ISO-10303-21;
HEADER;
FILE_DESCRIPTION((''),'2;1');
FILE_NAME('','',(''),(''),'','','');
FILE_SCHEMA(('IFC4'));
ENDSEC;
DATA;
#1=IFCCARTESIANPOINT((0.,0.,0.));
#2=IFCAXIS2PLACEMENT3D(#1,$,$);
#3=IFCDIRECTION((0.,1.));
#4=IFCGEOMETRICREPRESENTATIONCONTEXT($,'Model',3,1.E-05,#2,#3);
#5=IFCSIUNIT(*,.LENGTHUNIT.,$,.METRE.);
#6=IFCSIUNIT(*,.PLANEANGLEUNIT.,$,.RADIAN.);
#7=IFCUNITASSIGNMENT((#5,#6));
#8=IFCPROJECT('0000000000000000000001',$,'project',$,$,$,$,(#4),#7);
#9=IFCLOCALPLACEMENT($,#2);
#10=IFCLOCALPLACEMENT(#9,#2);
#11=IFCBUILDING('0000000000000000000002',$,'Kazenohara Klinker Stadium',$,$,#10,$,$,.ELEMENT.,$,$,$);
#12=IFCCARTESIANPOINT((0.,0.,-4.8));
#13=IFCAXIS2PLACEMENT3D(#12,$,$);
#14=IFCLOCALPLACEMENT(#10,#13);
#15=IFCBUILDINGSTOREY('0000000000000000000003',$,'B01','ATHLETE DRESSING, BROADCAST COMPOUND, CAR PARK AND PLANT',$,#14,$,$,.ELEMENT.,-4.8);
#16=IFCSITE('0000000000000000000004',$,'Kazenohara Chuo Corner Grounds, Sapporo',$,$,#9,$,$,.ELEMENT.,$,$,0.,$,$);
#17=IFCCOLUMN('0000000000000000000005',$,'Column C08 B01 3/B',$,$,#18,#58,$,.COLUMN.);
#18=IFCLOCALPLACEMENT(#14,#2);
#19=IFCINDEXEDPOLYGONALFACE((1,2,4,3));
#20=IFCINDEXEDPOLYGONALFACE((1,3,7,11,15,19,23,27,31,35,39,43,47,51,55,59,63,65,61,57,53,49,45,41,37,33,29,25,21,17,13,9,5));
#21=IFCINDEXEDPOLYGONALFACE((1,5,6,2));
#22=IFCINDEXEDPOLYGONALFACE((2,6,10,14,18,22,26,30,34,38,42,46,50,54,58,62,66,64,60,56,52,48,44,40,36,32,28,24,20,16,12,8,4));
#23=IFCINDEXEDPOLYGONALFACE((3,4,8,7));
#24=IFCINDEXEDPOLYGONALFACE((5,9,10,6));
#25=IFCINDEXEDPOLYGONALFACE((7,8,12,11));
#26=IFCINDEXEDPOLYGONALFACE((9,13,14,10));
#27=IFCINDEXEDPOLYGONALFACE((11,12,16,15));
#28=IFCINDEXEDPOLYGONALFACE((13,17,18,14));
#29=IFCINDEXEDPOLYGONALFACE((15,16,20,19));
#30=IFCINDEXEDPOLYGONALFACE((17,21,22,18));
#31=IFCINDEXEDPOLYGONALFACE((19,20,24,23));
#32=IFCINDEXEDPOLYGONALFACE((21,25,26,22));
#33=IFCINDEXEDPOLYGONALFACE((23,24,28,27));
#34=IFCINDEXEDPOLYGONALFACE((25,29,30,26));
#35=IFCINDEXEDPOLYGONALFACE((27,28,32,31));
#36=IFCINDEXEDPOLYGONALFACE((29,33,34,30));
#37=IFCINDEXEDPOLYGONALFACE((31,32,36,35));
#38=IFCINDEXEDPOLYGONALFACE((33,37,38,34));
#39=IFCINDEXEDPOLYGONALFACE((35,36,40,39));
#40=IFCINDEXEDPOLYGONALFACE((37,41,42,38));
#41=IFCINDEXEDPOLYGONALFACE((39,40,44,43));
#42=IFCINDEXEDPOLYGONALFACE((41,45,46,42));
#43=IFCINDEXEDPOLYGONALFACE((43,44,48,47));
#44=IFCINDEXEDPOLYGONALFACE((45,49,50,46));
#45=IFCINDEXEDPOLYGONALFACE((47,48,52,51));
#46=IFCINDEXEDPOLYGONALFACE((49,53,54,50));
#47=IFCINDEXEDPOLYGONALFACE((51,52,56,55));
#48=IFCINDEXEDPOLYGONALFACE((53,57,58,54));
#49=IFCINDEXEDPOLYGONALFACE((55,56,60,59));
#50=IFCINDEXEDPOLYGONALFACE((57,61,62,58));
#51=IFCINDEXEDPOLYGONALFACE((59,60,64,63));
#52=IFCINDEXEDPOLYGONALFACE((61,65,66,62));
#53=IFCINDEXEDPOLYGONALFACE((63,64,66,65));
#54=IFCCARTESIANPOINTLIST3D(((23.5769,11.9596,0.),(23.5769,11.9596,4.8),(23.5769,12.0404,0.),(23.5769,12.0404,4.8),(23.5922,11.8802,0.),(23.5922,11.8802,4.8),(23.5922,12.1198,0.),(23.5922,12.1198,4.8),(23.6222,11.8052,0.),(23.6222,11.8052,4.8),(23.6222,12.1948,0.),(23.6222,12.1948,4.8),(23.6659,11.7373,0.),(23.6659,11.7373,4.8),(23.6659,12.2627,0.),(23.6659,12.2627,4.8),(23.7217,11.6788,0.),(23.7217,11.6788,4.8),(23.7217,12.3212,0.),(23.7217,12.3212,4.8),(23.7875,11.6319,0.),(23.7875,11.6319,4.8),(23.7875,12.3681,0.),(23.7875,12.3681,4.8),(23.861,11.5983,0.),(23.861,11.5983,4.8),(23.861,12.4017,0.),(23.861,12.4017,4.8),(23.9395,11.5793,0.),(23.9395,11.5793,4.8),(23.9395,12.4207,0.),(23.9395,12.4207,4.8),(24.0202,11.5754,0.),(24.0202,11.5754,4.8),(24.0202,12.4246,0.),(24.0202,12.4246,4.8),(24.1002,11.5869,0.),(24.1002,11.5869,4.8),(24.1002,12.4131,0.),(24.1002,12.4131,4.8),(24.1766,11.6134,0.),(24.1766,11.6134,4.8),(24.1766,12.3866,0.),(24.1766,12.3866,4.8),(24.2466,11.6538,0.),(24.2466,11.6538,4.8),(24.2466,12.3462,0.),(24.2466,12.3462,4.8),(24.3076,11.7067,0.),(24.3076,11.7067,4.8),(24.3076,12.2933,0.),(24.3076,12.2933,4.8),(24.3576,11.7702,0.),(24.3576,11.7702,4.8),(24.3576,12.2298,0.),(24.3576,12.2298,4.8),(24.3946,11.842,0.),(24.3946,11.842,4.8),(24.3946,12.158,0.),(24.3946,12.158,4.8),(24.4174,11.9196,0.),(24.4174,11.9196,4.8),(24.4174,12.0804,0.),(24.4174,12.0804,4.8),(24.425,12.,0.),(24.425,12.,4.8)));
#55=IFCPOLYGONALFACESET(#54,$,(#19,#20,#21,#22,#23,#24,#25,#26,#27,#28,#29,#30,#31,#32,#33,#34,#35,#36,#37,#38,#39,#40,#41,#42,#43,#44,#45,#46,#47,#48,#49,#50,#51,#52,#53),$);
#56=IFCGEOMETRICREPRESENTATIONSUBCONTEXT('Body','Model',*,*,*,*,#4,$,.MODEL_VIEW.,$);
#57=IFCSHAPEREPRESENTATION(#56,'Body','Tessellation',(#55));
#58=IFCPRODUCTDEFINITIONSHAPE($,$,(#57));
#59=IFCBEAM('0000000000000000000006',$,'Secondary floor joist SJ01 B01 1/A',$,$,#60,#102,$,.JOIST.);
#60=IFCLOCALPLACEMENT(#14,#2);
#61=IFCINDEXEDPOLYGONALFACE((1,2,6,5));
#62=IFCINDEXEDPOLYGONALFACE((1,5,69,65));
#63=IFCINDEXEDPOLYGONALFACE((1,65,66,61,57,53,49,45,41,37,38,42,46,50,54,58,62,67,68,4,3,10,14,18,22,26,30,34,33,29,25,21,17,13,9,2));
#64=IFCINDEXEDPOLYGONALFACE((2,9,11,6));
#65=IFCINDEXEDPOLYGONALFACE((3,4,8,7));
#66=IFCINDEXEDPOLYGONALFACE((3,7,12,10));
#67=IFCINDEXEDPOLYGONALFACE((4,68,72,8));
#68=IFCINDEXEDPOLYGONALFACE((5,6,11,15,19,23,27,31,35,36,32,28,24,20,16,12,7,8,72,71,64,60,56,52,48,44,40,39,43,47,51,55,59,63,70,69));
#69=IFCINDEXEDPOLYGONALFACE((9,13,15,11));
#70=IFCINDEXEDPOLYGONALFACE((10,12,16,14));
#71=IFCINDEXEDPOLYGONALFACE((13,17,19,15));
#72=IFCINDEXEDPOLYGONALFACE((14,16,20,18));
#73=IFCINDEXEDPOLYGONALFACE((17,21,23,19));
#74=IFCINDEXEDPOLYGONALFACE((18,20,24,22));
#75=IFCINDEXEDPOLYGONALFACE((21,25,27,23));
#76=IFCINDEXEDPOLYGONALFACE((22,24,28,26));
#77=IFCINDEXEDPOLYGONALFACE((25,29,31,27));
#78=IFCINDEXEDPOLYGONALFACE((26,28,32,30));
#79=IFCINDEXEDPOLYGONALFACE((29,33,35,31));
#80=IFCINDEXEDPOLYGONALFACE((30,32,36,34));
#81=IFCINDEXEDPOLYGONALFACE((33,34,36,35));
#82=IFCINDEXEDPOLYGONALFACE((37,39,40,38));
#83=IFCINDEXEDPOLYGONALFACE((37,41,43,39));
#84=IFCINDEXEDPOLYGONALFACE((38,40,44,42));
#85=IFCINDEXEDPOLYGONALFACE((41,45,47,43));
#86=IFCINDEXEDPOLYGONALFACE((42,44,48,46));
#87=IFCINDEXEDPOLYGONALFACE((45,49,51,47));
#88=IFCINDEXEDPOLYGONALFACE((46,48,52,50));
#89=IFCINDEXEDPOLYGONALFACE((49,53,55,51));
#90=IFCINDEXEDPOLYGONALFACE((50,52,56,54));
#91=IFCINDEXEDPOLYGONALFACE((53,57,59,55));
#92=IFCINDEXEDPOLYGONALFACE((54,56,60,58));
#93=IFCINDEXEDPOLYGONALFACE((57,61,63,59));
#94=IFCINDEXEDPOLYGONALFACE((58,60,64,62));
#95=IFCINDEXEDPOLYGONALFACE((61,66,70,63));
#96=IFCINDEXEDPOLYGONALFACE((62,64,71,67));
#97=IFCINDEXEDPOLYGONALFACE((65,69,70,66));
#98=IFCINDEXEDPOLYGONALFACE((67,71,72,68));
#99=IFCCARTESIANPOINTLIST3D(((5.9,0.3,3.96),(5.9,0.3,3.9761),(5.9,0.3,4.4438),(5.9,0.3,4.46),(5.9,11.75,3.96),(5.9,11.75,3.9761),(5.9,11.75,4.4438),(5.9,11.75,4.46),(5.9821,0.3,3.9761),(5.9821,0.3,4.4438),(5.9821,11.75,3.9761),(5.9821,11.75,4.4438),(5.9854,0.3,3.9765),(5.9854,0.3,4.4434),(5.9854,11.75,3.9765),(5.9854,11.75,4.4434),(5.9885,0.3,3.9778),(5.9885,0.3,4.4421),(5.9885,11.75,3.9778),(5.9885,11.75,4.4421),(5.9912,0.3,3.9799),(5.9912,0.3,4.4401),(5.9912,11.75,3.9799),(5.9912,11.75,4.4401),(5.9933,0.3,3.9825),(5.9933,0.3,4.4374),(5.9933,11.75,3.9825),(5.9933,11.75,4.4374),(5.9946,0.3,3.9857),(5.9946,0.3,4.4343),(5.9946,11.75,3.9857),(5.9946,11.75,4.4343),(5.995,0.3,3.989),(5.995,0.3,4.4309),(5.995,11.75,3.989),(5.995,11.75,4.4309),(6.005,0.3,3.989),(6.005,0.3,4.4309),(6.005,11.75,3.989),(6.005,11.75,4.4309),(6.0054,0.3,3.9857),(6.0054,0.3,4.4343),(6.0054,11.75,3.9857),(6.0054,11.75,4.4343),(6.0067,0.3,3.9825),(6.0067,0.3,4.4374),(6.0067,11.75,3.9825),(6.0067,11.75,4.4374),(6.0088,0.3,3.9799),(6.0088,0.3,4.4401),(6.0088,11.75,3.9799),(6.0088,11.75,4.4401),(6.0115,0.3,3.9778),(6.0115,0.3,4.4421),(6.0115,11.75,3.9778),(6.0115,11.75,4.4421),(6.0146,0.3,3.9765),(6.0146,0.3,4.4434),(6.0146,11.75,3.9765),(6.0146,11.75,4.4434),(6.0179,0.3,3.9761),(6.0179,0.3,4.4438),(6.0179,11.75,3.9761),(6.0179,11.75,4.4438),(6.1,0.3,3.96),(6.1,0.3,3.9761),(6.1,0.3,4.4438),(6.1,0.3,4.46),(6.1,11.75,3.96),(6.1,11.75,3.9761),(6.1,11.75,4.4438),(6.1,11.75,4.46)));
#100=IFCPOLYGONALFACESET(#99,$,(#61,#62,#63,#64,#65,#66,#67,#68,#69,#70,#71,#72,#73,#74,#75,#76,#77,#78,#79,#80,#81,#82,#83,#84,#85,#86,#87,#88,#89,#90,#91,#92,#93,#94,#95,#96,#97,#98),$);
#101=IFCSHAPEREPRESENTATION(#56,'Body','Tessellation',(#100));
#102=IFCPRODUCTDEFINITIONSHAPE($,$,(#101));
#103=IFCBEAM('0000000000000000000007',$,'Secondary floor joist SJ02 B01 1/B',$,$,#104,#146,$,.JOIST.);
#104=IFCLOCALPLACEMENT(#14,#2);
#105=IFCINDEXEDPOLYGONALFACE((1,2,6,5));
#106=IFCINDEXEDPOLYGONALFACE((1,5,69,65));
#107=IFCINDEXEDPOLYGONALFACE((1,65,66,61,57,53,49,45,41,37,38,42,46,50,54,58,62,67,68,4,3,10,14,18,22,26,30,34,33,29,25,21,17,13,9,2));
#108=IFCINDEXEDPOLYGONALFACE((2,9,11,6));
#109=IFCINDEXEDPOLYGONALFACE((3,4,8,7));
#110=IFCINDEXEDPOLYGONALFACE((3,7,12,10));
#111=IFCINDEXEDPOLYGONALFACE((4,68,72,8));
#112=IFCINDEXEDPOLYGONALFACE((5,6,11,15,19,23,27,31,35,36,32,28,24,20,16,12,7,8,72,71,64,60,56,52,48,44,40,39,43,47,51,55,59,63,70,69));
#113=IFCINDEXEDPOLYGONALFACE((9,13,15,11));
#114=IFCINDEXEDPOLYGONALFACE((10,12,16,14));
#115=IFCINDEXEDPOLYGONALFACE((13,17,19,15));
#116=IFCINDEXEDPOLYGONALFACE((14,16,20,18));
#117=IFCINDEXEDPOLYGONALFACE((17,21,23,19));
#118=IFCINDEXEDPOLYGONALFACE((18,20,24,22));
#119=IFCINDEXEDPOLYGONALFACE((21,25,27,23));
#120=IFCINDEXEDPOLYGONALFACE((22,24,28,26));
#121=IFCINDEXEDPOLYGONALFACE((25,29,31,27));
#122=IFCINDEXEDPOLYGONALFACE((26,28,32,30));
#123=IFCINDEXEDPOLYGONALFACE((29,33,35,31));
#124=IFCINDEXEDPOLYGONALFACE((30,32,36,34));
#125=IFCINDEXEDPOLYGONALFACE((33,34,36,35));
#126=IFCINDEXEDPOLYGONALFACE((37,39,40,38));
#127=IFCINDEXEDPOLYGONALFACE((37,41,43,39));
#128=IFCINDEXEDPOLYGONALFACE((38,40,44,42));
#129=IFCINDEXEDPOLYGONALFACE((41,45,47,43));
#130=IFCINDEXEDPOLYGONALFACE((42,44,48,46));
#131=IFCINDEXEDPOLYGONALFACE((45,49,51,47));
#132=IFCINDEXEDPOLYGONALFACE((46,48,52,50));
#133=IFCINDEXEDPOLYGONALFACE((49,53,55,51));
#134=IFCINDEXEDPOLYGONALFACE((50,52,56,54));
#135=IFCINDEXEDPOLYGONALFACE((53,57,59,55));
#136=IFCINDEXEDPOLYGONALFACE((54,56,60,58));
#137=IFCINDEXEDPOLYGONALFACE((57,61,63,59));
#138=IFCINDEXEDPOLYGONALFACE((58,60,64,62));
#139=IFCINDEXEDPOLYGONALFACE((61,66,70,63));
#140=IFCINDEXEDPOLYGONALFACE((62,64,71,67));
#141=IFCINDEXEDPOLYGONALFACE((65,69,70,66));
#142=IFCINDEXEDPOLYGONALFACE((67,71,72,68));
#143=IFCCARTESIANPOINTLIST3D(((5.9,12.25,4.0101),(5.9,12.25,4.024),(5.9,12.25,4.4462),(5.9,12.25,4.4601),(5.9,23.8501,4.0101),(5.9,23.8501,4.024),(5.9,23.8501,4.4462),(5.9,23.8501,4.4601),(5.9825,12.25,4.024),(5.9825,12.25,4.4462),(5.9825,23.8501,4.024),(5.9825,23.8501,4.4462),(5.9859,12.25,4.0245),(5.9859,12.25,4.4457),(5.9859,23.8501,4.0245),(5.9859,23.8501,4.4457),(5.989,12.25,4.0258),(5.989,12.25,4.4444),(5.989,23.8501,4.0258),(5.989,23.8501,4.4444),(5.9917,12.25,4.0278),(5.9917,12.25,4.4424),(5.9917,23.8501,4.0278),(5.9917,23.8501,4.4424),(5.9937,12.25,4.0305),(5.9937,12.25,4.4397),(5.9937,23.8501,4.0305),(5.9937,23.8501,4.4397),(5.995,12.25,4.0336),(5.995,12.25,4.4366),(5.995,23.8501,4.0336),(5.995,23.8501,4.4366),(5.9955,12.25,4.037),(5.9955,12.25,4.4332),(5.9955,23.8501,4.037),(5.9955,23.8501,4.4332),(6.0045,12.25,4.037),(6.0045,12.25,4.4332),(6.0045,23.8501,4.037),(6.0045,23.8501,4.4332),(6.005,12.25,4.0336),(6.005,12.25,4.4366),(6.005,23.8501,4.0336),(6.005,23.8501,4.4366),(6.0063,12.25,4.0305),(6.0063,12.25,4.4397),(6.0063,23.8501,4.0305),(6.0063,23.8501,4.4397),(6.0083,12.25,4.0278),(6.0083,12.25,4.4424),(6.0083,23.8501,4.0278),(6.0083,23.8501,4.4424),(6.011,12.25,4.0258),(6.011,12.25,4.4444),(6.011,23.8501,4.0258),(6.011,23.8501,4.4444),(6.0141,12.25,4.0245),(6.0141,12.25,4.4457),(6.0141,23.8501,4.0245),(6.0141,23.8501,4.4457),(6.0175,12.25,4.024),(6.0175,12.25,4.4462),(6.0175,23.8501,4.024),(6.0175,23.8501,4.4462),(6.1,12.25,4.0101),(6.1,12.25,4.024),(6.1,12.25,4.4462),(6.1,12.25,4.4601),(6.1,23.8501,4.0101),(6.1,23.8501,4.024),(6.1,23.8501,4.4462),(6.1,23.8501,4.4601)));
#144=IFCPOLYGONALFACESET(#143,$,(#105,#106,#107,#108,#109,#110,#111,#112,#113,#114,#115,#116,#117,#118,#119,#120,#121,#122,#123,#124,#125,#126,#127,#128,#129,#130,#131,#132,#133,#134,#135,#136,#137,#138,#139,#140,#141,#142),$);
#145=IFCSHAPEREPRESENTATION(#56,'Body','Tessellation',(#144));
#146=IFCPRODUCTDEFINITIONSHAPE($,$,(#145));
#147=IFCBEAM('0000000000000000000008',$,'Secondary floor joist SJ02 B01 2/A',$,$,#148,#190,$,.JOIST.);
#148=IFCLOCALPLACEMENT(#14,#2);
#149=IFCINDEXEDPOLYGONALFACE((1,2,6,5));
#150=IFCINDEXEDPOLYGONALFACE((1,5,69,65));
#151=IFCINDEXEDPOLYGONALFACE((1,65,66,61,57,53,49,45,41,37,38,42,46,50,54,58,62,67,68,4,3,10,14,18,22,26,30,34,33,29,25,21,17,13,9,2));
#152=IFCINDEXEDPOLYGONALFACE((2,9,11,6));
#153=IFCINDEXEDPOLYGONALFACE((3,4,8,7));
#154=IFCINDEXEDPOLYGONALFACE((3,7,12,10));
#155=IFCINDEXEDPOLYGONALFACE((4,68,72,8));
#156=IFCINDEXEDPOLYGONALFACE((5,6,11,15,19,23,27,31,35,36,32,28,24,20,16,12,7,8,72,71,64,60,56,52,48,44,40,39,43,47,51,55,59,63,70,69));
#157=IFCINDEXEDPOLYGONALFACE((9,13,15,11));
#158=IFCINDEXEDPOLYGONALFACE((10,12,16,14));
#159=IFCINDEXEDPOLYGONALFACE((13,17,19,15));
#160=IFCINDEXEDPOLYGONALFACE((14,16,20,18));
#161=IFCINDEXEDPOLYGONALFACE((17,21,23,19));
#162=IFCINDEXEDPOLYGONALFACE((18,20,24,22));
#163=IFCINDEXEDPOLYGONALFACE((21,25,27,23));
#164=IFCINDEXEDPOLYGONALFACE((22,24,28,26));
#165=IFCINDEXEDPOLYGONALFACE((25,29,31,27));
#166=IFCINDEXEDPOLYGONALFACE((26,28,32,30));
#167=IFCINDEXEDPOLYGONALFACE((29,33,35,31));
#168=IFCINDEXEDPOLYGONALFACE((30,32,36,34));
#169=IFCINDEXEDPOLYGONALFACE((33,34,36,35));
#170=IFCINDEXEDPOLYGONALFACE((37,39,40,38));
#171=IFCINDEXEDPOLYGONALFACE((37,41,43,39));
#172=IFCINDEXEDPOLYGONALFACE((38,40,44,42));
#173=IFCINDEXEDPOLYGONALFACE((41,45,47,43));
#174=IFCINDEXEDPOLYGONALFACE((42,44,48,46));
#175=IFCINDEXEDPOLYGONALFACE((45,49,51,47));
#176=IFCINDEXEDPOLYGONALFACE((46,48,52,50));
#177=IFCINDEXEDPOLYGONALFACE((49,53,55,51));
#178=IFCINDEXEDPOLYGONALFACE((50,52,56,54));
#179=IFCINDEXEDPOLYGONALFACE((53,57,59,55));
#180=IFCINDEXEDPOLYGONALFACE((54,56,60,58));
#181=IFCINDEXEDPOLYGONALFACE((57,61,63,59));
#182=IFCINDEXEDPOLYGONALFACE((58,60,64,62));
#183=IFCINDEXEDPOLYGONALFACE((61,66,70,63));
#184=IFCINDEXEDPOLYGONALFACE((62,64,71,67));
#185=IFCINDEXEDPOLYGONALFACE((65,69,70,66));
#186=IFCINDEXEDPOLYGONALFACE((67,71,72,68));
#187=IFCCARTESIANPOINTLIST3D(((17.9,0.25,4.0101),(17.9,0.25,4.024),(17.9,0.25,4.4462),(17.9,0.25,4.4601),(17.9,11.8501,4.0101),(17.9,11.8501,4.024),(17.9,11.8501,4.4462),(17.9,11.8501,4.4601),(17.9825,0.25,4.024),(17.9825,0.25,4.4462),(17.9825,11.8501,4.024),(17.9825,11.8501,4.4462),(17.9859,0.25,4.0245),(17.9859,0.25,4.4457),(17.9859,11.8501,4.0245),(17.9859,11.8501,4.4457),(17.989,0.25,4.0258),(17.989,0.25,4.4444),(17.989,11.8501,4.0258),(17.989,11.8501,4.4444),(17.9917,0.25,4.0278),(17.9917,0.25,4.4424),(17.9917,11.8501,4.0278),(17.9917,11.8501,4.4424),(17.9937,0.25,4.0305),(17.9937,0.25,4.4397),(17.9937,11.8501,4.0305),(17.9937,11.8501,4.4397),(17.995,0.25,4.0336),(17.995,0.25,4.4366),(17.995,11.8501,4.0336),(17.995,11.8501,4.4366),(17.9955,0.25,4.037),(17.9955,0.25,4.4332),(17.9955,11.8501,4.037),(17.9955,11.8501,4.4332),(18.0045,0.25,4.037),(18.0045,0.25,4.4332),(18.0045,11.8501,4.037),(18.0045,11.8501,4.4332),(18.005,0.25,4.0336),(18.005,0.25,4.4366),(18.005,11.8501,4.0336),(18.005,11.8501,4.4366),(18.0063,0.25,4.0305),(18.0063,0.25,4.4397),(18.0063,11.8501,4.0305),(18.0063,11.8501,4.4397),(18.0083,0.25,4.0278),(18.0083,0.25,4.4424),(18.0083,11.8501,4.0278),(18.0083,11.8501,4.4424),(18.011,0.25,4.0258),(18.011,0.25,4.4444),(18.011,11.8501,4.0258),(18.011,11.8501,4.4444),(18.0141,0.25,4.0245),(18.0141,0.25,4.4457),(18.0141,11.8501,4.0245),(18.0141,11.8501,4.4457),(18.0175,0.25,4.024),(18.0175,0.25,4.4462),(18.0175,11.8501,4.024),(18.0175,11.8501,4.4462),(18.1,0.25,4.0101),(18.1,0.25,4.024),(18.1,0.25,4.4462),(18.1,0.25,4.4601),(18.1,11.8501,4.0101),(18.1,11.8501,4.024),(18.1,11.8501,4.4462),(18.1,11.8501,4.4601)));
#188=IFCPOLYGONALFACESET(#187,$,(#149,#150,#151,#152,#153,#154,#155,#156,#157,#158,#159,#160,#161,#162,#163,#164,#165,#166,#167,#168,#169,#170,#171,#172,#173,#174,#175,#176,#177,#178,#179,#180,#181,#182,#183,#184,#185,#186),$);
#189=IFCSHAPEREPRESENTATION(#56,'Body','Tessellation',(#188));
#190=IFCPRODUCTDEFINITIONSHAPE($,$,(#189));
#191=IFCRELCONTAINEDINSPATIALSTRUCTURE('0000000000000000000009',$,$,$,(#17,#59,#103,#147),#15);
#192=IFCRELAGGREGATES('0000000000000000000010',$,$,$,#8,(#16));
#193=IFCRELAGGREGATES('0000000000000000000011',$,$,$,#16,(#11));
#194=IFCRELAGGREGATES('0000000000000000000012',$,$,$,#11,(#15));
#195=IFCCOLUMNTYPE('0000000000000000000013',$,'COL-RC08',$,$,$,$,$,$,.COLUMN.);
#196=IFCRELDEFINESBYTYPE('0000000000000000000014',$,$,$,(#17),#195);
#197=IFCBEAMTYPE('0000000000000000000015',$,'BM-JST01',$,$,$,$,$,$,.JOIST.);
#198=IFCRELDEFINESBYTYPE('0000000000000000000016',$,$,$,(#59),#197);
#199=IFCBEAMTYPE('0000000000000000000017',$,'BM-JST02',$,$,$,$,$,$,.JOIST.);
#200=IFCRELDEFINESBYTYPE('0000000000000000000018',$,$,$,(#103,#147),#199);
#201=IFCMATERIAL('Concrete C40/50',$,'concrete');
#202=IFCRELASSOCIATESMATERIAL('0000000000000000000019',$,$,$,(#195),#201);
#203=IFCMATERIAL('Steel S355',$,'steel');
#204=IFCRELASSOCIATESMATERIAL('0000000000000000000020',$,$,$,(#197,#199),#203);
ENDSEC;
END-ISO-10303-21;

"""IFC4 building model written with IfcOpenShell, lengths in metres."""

from ifc_helpers import new_model, si_unit, direction, frame, origin, origin_2d, place, context, subcontext, project, spatial, circle, i_section, extrude, material, material_profile, profile_set, type_object, element, save


model = new_model("IFC4")

# Units and contexts
model_context = context("Model", 3, precision=1e-05, world=origin(), true_north=direction((0.0, 1.0)))
body_context = subcontext(model_context, "Body", "Model", "MODEL_VIEW")
ifc_project = project(units=[si_unit("LENGTHUNIT", "METRE"), si_unit("PLANEANGLEUNIT", "RADIAN")], contexts=[model_context])

# Site, building, storey
site_placement = place(None, origin())
site = spatial("IfcSite", under=ifc_project, at=site_placement, Name="Kazenohara Chuo Corner Grounds, Sapporo", CompositionType="ELEMENT", RefElevation=0.0)
building_placement = place(site_placement, origin())
building = spatial("IfcBuilding", under=site, at=building_placement, Name="Kazenohara Klinker Stadium", CompositionType="ELEMENT")
storey_placement = place(building_placement, frame((0.0, 0.0, -4.8)))
storey = spatial("IfcBuildingStorey", under=building, at=storey_placement, Name="B01", Description="ATHLETE DRESSING, BROADCAST COMPOUND, CAR PARK AND PLANT", CompositionType="ELEMENT", Elevation=-4.8)

# Column
ifc_material_1 = material(Name="Concrete C40/50", Category="concrete")
ifc_material_profile_1 = material_profile(ifc_material_1, circle(Radius=0.425, at=origin_2d()), Name="RC-COL-D850")
ifc_profile_set_1 = profile_set([ifc_material_profile_1], Name="Concrete C40/50")
column_type_1 = type_object("IfcColumnType", Name="COL-RC08", PredefinedType="COLUMN", material=ifc_profile_set_1)
for number, where, z_axis, x_axis, name in (
    (1, (24.0, 12.0, 0.0), (0.0, 0.0, 1.0), (1.0, 0.0, 0.0), "Column C08 B01 3/B"),
):
    element("IfcColumn", number, at=place(storey_placement, frame(where, z_axis=z_axis, x_axis=x_axis)), inside=storey, type_object=column_type_1, Name=name, PredefinedType="COLUMN", context=body_context, shape_type="SweptSolid", body=[
        extrude(circle(Radius=0.425, at=origin_2d()), origin(), (0.0, 0.0, 1.0), 4.8),
    ])

# Beams
ifc_material_2 = material(Name="Steel S355", Category="steel")
ifc_material_profile_2 = material_profile(ifc_material_2, i_section(OverallWidth=0.2, OverallDepth=0.5, WebThickness=0.01, FlangeThickness=0.0161, FilletRadius=0.0129, at=origin_2d()), Name="H-500x200x10x16")
ifc_profile_set_2 = profile_set([ifc_material_profile_2], Name="Steel S355")
beam_type_1 = type_object("IfcBeamType", Name="BM-JST01", PredefinedType="JOIST", material=ifc_profile_set_2)
beam_1_placement = place(storey_placement, frame((6.0, 0.3, 4.21), z_axis=(0.0, 1.0, 0.0), x_axis=(-1.0, 0.0, 0.0)))
element("IfcBeam", 2, at=beam_1_placement, inside=storey, type_object=beam_type_1, Name="Secondary floor joist SJ01 B01 1/A", PredefinedType="JOIST", context=body_context, shape_type="SweptSolid", body=[
    extrude(i_section(OverallWidth=0.2, OverallDepth=0.5, WebThickness=0.01, FlangeThickness=0.0161, FilletRadius=0.0129, at=origin_2d()), origin(), (0.0, 0.0, 1.0), 11.45),
])
ifc_material_profile_3 = material_profile(ifc_material_2, i_section(OverallWidth=0.2, OverallDepth=0.45, WebThickness=0.009, FlangeThickness=0.0139, FilletRadius=0.0129, at=origin_2d()), Name="H-450x200x9x14")
ifc_profile_set_3 = profile_set([ifc_material_profile_3], Name="Steel S355")
beam_type_2 = type_object("IfcBeamType", Name="BM-JST02", PredefinedType="JOIST", material=ifc_profile_set_3)
for number, where, z_axis, x_axis, name in (
    (3, (6.0, 12.25, 4.2351), (0.0, 1.0, 0.0), (-1.0, 0.0, 0.0), "Secondary floor joist SJ02 B01 1/B"),
    (4, (18.0, 0.25, 4.2351), (0.0, 1.0, 0.0), (-1.0, 0.0, 0.0), "Secondary floor joist SJ02 B01 2/A"),
):
    element("IfcBeam", number, at=place(storey_placement, frame(where, z_axis=z_axis, x_axis=x_axis)), inside=storey, type_object=beam_type_2, Name=name, PredefinedType="JOIST", context=body_context, shape_type="SweptSolid", body=[
        extrude(i_section(OverallWidth=0.2, OverallDepth=0.45, WebThickness=0.009, FlangeThickness=0.0139, FilletRadius=0.0129, at=origin_2d()), origin(), (0.0, 0.0, 1.0), 11.6001),
    ])

save(model, "model.ifc")
